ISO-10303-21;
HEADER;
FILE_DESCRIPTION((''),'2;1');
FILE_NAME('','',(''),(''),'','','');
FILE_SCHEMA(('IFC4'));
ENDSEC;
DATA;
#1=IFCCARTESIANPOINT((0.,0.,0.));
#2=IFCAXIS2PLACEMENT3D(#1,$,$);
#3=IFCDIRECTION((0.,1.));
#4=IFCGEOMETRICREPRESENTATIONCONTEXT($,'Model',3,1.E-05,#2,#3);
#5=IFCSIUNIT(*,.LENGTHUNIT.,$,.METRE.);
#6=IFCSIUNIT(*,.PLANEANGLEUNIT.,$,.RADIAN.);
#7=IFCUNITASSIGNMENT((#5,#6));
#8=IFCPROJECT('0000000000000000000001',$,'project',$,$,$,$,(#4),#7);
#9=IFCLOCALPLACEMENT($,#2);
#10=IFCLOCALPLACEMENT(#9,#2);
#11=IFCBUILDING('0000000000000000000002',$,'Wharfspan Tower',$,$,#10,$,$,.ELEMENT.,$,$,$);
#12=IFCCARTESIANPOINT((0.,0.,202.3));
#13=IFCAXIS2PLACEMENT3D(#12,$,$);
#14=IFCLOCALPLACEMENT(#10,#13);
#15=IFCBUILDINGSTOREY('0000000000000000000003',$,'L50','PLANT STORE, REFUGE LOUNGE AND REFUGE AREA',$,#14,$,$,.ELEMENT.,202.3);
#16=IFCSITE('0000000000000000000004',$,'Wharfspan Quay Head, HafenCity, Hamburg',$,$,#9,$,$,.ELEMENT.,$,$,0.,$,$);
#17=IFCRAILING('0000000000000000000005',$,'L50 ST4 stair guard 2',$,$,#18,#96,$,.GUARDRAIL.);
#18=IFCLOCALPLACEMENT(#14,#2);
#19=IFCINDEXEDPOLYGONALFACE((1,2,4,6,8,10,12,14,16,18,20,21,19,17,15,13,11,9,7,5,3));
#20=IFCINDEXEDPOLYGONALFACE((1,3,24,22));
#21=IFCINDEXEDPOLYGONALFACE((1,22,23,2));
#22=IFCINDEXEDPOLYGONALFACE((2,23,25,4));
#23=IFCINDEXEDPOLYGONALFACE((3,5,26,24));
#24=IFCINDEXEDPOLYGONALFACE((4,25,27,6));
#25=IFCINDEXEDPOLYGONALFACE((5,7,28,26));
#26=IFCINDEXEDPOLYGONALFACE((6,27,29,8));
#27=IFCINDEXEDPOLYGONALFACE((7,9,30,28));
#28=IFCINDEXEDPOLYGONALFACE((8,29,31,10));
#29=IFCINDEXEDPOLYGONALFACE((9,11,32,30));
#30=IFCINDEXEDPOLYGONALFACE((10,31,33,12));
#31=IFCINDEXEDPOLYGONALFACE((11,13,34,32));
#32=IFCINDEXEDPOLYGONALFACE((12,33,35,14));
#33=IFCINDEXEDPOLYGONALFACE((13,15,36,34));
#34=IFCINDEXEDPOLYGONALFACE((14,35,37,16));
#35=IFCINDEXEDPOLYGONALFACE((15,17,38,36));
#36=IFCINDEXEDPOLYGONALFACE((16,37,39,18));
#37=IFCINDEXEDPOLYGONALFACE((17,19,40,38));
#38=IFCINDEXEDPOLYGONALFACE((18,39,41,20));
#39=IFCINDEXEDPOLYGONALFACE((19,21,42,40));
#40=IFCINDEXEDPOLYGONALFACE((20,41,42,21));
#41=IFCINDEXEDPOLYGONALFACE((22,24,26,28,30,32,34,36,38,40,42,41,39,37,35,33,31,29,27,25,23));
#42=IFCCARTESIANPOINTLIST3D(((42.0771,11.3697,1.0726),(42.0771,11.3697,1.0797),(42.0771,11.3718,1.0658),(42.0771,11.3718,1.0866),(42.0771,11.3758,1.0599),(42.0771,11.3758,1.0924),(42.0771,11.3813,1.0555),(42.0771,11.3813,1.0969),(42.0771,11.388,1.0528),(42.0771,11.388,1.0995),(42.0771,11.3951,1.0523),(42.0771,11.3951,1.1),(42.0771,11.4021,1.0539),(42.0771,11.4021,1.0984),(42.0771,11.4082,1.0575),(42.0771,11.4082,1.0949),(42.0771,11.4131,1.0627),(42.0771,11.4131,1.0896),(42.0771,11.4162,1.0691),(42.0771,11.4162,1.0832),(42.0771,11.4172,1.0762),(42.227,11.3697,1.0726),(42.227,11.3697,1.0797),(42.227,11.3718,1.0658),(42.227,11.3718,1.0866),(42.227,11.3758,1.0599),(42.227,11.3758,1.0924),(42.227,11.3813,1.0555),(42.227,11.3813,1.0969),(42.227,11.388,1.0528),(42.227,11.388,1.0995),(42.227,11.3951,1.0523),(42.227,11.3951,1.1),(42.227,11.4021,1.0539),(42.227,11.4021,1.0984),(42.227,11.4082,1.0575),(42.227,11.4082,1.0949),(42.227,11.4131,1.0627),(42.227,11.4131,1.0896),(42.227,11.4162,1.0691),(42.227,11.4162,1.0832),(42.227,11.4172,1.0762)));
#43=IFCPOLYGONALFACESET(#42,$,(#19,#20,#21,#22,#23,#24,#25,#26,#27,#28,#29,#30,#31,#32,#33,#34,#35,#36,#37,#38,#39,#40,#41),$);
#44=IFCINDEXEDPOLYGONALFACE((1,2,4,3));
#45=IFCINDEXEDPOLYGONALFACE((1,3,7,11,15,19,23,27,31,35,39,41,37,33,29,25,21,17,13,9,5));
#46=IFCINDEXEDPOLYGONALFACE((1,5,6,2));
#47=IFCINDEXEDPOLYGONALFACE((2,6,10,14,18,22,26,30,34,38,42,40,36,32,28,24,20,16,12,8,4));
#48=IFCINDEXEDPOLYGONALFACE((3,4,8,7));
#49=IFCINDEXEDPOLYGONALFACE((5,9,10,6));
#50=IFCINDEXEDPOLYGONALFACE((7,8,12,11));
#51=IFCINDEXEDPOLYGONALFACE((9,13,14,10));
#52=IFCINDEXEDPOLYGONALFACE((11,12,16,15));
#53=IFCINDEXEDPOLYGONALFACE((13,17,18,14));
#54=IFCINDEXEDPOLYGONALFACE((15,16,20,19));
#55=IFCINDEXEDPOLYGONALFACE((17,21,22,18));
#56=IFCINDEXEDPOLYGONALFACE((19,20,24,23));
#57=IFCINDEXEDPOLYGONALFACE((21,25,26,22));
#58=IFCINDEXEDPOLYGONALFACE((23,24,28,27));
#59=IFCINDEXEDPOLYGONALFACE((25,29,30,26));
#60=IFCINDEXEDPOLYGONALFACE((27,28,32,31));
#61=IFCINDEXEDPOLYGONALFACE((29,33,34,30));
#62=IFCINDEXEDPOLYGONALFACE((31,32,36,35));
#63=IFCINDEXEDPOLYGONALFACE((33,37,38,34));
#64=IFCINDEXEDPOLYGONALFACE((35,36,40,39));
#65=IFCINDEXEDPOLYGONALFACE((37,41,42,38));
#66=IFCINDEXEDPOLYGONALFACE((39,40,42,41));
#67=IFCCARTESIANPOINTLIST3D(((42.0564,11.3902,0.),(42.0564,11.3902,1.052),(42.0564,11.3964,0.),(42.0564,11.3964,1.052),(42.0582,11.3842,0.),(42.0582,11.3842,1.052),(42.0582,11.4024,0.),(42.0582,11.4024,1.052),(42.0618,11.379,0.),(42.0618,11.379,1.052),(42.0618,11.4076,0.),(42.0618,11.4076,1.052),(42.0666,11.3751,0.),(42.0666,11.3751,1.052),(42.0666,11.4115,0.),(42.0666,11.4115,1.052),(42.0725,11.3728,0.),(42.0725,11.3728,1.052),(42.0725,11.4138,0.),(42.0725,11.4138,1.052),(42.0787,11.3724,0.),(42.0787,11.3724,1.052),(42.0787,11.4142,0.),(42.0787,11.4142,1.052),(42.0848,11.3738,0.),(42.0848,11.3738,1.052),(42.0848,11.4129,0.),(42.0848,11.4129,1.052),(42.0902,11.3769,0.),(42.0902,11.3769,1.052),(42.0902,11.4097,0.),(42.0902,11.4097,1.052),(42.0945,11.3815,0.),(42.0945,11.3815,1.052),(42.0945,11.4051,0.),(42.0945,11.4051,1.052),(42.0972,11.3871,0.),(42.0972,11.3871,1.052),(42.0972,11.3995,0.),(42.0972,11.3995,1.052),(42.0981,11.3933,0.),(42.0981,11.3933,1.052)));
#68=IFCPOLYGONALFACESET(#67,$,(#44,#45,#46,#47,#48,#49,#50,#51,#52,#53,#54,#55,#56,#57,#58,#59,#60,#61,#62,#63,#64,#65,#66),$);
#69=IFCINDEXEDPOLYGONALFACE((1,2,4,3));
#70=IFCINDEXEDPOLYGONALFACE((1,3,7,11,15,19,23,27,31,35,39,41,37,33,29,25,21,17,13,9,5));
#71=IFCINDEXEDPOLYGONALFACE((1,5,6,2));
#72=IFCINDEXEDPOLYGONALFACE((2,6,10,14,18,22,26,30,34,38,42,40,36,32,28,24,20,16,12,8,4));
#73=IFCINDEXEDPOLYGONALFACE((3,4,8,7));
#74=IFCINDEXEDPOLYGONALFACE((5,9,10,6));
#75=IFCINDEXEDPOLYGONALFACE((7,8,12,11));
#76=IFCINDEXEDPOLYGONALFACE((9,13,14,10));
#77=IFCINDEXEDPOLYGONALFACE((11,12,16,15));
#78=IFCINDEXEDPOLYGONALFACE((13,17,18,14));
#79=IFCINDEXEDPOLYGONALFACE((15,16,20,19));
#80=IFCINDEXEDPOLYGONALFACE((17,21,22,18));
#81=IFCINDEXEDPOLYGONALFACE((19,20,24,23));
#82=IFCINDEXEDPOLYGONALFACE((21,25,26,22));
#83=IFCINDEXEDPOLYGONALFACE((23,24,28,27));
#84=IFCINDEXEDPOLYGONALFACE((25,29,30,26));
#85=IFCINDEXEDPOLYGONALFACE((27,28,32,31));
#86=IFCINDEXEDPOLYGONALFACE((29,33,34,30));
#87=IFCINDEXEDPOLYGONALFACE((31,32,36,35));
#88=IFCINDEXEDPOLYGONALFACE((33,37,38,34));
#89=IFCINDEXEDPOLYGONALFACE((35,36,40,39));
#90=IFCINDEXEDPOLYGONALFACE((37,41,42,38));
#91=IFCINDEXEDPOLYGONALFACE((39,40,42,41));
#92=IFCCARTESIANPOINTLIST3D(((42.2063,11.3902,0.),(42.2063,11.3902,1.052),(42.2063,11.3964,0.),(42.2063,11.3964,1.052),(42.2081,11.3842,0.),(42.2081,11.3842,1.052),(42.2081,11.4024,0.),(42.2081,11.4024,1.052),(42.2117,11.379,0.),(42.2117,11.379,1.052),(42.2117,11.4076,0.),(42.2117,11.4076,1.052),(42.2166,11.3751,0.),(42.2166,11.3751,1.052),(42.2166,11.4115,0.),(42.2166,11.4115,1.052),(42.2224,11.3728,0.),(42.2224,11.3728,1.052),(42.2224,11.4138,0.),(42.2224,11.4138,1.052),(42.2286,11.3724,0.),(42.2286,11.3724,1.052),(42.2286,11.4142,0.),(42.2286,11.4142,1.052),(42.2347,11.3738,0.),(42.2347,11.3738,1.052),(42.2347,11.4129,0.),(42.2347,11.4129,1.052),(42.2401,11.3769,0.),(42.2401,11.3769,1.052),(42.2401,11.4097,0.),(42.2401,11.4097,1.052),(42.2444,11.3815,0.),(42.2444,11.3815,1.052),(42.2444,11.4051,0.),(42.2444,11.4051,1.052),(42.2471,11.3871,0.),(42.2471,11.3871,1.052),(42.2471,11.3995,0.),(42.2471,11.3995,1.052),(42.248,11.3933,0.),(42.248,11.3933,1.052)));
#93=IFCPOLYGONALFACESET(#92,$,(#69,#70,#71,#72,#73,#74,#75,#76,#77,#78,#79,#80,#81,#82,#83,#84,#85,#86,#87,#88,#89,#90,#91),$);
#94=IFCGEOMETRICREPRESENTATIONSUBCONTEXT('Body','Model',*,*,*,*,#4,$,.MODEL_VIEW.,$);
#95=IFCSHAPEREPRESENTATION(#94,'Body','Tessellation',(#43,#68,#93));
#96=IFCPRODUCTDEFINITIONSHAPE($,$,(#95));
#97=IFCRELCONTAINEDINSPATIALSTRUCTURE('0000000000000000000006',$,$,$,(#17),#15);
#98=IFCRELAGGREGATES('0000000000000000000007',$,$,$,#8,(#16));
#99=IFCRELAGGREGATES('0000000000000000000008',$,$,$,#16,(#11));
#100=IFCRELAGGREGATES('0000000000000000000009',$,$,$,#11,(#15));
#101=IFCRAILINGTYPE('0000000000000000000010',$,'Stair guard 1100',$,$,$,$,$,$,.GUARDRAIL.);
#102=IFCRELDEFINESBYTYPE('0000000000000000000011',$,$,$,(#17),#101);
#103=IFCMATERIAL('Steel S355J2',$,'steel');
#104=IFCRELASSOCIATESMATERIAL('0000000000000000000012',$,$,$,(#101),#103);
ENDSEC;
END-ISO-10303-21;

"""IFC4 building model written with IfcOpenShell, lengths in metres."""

from ifc_helpers import new_model, si_unit, direction, frame, origin, origin_2d, place, context, subcontext, project, spatial, circle, extrude, material, type_object, element, save


model = new_model("IFC4")

# Units and contexts
model_context = context("Model", 3, precision=1e-05, world=origin(), true_north=direction((0.0, 1.0)))
body_context = subcontext(model_context, "Body", "Model", "MODEL_VIEW")
ifc_project = project(units=[si_unit("LENGTHUNIT", "METRE"), si_unit("PLANEANGLEUNIT", "RADIAN")], contexts=[model_context])

# Site, building, storey
site_placement = place(None, origin())
site = spatial("IfcSite", under=ifc_project, at=site_placement, Name="Wharfspan Quay Head, HafenCity, Hamburg", CompositionType="ELEMENT", RefElevation=0.0)
building_placement = place(site_placement, origin())
building = spatial("IfcBuilding", under=site, at=building_placement, Name="Wharfspan Tower", CompositionType="ELEMENT")
storey_placement = place(building_placement, frame((0.0, 0.0, 202.3)))
storey = spatial("IfcBuildingStorey", under=building, at=storey_placement, Name="L50", Description="PLANT STORE, REFUGE LOUNGE AND REFUGE AREA", CompositionType="ELEMENT", Elevation=202.3)

# Railing
ifc_material_1 = material(Name="Steel S355J2", Category="steel")
railing_type_1 = type_object("IfcRailingType", Name="Stair guard 1100", PredefinedType="GUARDRAIL", material=ifc_material_1)
railing_1_placement = place(storey_placement, frame((42.0771, 11.3933, 0.0)))
element("IfcRailing", 1, at=railing_1_placement, inside=storey, type_object=railing_type_1, Name="L50 ST4 stair guard 2", PredefinedType="GUARDRAIL", context=body_context, shape_type="SweptSolid", body=[
    extrude(circle(Radius=0.0239, at=origin_2d()), frame((0.0, 0.0, 1.0762), z_axis=(1.0, 0.0, 0.0), x_axis=(0.0, 1.0, 0.0)), (0.0, 0.0, 1.0), 0.1499),
    extrude(circle(Radius=0.021, at=origin_2d()), origin(), (0.0, 0.0, 1.0), 1.052),
    extrude(circle(Radius=0.021, at=origin_2d()), frame((0.1499, 0.0, 0.0)), (0.0, 0.0, 1.0), 1.052),
])

save(model, "model.ifc")
